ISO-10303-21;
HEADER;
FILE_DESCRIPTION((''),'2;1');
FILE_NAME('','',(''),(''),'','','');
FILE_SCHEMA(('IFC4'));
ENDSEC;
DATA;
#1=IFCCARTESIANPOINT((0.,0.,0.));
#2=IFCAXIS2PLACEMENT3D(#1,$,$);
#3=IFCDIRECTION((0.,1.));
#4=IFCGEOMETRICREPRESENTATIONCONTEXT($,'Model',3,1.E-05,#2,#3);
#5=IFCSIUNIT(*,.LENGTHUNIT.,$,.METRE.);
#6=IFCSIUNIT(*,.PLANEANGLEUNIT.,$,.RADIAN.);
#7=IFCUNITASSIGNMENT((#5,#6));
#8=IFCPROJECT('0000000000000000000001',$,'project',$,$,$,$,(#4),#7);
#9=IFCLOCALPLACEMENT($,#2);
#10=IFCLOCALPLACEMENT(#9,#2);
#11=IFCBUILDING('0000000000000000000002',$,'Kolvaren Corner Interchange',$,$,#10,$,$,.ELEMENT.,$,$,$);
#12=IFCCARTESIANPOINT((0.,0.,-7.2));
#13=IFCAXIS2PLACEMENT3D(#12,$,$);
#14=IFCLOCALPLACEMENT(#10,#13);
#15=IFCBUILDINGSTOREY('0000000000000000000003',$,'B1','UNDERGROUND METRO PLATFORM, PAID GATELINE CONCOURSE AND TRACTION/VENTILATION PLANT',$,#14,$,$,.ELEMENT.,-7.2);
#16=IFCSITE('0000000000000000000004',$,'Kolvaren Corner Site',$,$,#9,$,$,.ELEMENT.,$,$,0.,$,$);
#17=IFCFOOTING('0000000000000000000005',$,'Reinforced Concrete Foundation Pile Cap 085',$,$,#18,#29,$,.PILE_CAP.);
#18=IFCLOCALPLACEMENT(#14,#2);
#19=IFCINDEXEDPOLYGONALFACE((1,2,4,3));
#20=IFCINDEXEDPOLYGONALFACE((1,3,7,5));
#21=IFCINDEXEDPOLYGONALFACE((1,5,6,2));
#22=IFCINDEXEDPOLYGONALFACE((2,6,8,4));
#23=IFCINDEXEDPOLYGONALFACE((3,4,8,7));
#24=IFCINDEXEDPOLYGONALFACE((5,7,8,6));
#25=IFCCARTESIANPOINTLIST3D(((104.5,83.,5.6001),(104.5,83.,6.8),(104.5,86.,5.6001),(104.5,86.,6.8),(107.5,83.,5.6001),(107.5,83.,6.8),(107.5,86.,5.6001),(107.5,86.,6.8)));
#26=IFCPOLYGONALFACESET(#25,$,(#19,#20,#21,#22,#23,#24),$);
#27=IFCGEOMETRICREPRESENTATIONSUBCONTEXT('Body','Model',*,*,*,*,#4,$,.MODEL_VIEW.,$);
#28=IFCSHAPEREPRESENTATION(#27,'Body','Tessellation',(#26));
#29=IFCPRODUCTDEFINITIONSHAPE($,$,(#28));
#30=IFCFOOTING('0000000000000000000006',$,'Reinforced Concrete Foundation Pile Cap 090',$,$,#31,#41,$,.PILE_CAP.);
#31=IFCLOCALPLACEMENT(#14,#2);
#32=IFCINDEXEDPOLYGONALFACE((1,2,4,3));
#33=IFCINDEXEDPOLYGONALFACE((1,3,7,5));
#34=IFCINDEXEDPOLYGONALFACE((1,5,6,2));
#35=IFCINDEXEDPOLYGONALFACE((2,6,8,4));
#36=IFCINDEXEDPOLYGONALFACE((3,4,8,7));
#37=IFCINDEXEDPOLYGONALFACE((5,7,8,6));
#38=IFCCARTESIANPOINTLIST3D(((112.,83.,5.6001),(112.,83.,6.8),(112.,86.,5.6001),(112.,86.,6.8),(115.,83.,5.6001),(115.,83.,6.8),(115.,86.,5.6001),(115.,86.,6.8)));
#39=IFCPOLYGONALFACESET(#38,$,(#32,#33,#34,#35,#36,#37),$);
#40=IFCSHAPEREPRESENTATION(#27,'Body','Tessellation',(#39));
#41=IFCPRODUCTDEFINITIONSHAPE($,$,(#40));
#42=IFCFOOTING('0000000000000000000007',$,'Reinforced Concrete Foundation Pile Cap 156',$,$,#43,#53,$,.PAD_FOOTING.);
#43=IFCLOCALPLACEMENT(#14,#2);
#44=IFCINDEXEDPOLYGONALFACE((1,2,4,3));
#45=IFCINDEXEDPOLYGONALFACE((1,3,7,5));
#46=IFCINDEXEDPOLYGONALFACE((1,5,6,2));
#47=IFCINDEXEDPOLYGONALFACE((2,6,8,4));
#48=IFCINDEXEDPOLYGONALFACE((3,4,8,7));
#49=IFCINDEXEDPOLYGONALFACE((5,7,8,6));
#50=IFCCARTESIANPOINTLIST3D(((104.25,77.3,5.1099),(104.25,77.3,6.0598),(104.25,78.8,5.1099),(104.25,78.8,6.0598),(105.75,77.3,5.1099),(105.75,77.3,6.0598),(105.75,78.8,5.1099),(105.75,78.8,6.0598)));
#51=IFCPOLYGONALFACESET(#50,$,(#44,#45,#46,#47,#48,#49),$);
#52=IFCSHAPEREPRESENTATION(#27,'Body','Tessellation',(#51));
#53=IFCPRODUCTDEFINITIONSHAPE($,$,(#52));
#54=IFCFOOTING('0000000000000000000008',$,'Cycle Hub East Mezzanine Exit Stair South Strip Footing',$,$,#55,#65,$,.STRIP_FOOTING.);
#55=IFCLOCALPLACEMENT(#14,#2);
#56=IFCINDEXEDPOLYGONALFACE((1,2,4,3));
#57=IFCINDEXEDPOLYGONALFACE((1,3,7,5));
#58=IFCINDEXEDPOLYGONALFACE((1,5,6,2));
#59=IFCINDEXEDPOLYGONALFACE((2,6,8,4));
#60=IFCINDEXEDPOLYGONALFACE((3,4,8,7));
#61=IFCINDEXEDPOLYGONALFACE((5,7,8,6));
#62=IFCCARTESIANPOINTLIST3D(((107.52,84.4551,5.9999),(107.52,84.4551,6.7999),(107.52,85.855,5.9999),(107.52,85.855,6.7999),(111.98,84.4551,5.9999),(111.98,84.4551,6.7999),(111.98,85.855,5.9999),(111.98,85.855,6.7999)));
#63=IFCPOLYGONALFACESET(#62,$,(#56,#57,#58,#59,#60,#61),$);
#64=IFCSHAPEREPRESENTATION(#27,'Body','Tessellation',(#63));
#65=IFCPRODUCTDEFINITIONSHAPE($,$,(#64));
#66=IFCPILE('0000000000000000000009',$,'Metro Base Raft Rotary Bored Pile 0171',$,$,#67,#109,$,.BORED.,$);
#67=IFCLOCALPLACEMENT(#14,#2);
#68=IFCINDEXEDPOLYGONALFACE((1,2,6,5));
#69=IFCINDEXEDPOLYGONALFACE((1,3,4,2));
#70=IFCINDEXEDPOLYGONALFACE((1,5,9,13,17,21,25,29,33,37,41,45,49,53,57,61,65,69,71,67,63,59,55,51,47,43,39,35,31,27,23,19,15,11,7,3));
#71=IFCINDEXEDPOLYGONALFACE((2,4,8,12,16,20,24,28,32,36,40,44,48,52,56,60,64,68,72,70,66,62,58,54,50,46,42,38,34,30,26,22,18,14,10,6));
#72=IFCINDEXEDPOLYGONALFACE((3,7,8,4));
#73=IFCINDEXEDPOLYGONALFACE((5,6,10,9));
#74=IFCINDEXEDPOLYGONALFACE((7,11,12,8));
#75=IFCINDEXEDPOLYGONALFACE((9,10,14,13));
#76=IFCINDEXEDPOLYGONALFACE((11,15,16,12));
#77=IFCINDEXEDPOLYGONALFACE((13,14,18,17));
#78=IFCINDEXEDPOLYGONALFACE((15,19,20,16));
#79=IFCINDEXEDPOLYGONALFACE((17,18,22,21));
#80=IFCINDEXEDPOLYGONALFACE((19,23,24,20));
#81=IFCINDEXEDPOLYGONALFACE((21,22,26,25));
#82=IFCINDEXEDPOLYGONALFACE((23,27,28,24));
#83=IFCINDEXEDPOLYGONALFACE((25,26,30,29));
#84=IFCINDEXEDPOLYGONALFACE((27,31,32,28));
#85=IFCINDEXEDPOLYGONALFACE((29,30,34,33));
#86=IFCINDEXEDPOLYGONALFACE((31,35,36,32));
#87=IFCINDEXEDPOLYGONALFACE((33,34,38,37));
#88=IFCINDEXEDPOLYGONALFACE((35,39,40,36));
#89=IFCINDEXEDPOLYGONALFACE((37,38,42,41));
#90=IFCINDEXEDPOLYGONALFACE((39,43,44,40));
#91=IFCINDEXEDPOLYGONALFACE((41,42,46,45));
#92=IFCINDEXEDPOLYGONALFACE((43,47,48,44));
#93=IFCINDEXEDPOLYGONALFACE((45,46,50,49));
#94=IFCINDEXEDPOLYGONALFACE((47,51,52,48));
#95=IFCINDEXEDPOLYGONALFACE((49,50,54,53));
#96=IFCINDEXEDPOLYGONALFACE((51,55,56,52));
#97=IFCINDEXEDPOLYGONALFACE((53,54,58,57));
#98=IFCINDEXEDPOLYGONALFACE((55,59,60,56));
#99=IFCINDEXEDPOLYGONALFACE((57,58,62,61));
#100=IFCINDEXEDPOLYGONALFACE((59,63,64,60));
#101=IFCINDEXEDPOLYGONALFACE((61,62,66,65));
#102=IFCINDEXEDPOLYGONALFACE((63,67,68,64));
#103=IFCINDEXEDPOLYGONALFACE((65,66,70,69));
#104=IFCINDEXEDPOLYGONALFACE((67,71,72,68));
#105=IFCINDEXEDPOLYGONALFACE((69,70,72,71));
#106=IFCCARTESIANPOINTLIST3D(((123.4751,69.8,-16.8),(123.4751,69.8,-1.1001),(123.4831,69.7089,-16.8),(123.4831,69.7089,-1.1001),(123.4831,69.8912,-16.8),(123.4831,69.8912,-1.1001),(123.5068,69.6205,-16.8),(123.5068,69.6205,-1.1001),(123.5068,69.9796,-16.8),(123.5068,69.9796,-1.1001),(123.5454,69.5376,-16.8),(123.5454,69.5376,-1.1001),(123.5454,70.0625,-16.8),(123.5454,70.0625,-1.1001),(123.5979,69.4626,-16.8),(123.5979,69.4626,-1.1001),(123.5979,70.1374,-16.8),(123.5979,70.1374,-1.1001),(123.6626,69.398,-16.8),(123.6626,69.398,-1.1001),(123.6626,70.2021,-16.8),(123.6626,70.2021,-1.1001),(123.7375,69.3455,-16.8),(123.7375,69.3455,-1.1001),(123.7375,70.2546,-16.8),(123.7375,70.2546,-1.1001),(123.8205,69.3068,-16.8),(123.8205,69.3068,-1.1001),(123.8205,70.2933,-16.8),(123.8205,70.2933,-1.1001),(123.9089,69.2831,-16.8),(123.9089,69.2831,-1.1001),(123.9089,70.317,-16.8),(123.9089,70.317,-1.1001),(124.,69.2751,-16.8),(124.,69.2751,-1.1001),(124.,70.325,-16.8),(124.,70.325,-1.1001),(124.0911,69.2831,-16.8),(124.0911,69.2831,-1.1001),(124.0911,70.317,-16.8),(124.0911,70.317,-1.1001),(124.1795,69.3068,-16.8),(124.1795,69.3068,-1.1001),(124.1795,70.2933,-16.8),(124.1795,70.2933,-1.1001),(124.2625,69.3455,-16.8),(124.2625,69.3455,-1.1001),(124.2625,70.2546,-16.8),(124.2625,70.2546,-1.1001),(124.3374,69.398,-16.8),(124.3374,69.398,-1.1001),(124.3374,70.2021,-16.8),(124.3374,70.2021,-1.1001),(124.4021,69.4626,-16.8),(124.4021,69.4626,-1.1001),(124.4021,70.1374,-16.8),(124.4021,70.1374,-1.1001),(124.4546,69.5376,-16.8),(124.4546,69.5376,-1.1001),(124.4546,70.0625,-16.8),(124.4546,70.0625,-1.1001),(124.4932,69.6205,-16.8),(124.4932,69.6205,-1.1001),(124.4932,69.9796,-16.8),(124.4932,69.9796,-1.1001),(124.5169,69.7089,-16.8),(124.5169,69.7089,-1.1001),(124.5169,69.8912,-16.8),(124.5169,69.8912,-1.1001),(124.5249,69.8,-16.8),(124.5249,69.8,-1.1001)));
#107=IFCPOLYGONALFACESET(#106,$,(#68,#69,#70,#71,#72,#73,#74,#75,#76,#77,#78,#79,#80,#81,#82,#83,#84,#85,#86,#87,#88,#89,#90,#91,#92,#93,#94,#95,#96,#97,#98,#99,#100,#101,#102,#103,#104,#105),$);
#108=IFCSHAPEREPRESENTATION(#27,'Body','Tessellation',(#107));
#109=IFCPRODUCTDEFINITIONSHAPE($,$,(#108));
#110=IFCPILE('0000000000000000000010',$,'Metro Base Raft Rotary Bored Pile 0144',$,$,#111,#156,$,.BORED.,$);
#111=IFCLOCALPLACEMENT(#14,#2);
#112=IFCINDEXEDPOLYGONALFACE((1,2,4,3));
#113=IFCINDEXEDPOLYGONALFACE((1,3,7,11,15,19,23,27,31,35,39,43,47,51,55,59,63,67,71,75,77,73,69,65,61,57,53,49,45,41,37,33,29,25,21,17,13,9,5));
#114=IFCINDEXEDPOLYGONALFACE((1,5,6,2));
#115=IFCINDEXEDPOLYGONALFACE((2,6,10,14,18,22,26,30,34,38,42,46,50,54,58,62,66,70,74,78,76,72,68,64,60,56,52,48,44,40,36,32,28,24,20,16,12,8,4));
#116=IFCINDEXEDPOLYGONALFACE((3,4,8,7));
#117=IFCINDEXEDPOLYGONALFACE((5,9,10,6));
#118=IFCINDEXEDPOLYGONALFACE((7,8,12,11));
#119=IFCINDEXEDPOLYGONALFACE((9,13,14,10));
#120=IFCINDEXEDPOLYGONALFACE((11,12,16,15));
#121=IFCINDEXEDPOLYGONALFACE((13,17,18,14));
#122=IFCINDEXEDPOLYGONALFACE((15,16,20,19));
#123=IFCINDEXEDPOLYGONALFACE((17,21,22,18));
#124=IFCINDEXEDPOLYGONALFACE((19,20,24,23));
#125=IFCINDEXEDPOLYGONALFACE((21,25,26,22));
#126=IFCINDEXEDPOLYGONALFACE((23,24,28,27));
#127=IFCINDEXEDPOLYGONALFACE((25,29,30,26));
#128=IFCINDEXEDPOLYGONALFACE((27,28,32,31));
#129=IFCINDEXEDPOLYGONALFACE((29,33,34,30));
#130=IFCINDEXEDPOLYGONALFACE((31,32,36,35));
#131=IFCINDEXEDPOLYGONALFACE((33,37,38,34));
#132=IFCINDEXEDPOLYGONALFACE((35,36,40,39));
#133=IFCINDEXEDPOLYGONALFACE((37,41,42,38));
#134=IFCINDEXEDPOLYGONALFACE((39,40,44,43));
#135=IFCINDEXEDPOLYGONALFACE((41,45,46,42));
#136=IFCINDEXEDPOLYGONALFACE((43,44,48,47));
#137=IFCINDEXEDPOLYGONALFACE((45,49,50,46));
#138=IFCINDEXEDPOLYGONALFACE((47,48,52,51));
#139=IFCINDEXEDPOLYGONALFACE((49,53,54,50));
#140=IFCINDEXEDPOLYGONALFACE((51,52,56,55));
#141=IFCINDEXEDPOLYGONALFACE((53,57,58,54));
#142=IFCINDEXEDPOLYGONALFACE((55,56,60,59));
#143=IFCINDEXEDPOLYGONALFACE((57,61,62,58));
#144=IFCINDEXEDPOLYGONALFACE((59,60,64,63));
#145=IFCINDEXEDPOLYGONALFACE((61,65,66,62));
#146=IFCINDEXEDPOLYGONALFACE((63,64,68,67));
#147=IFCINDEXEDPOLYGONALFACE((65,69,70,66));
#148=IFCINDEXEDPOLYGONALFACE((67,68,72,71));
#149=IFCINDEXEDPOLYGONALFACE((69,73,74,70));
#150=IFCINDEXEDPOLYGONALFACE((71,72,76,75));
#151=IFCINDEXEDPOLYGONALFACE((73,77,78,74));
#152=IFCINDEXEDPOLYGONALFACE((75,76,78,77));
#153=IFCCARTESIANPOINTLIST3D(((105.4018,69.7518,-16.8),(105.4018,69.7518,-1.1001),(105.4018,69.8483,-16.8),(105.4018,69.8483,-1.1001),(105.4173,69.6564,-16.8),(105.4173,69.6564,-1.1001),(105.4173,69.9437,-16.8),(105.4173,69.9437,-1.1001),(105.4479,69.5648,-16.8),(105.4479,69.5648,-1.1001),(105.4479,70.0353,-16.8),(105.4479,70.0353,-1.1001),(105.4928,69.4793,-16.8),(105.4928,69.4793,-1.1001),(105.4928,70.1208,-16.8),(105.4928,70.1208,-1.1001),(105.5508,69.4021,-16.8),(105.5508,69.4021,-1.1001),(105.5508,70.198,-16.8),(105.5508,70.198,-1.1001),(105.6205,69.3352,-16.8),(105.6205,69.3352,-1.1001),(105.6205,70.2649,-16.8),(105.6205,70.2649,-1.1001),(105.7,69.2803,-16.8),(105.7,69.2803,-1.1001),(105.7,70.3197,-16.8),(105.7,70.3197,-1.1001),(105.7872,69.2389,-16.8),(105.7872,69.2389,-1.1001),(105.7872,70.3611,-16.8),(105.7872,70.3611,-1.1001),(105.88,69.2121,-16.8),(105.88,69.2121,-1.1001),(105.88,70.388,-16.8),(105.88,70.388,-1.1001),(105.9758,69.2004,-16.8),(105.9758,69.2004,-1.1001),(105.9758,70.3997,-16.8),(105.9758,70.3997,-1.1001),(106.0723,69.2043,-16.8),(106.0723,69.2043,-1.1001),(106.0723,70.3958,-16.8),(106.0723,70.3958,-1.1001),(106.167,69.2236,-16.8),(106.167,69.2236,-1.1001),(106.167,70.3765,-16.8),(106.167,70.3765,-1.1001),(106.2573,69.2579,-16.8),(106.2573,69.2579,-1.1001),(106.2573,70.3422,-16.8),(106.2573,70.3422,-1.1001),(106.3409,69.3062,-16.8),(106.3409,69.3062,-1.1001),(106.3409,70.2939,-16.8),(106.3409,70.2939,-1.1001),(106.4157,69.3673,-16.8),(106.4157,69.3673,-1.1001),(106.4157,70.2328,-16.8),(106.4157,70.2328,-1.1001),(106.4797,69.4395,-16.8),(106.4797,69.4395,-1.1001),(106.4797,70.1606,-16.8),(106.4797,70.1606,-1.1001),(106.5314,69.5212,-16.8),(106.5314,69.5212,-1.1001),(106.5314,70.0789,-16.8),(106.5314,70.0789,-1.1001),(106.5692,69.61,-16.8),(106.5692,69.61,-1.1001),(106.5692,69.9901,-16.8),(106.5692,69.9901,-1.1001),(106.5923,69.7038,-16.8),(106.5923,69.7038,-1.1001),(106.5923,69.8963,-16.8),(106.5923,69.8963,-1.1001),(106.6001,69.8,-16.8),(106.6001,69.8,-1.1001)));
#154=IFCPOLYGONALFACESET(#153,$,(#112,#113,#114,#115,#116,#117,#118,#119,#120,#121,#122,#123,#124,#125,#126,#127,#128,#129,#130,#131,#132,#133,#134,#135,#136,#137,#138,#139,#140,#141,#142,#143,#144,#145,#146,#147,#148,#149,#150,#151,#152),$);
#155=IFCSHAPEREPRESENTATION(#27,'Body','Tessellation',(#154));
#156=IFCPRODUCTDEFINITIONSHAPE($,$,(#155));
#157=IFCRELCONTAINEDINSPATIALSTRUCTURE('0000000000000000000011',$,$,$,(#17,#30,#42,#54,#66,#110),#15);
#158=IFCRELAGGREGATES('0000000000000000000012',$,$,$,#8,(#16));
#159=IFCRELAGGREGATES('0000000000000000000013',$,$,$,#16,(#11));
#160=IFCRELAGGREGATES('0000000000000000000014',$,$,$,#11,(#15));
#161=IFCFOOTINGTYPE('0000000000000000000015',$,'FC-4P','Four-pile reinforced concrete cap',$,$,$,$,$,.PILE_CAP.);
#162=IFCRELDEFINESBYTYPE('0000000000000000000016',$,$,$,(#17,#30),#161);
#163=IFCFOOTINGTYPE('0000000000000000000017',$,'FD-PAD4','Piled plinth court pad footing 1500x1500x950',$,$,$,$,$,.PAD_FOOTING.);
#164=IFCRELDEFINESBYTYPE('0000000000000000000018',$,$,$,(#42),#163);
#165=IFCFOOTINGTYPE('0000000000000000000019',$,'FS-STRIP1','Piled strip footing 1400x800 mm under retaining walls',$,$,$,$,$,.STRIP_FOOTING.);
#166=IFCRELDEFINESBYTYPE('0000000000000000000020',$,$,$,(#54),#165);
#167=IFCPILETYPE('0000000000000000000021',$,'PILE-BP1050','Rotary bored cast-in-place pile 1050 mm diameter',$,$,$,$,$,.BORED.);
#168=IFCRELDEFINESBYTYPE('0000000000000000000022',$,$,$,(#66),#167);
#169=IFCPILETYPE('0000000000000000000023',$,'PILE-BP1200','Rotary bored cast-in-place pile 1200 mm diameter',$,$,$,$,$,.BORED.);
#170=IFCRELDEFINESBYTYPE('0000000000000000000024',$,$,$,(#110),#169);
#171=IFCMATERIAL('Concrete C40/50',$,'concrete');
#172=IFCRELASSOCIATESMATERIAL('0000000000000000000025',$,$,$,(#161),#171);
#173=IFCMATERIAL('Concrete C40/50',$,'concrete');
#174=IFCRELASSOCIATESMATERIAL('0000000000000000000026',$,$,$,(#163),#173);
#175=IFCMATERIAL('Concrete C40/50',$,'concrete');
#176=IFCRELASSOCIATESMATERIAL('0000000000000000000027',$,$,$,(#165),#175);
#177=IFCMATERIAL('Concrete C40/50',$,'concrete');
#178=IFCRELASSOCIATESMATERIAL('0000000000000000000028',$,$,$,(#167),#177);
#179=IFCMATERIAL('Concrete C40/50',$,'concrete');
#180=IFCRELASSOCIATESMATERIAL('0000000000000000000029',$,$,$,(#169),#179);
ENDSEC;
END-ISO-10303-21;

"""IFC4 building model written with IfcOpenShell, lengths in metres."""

from ifc_helpers import new_model, si_unit, direction, frame, origin, origin_2d, place, context, subcontext, project, spatial, rectangle, circle, extrude, material, material_profile, profile_set, type_object, element, save


model = new_model("IFC4")

# Units and contexts
model_context = context("Model", 3, precision=1e-05, world=origin(), true_north=direction((0.0, 1.0)))
body_context = subcontext(model_context, "Body", "Model", "MODEL_VIEW")
ifc_project = project(units=[si_unit("LENGTHUNIT", "METRE"), si_unit("PLANEANGLEUNIT", "RADIAN")], contexts=[model_context])

# Site, building, storey
site_placement = place(None, origin())
site = spatial("IfcSite", under=ifc_project, at=site_placement, Name="Kolvaren Corner Site", CompositionType="ELEMENT", RefElevation=0.0)
building_placement = place(site_placement, origin())
building = spatial("IfcBuilding", under=site, at=building_placement, Name="Kolvaren Corner Interchange", CompositionType="ELEMENT")
storey_placement = place(building_placement, frame((0.0, 0.0, -7.2)))
storey = spatial("IfcBuildingStorey", under=building, at=storey_placement, Name="B1", Description="UNDERGROUND METRO PLATFORM, PAID GATELINE CONCOURSE AND TRACTION/VENTILATION PLANT", CompositionType="ELEMENT", Elevation=-7.2)

# Footings
ifc_material_1 = material(Name="Concrete C40/50", Category="concrete")
footing_type_1 = type_object("IfcFootingType", Name="FC-4P", Description="Four-pile reinforced concrete cap", PredefinedType="PILE_CAP", material=ifc_material_1)
for number, where, z_axis, x_axis, name in (
    (1, (106.0, 84.5, 5.6001), (0.0, 0.0, 1.0), (1.0, 0.0, 0.0), "Reinforced Concrete Foundation Pile Cap 085"),
    (2, (113.5, 84.5, 5.6001), (0.0, 0.0, 1.0), (1.0, 0.0, 0.0), "Reinforced Concrete Foundation Pile Cap 090"),
):
    element("IfcFooting", number, at=place(storey_placement, frame(where, z_axis=z_axis, x_axis=x_axis)), inside=storey, type_object=footing_type_1, Name=name, PredefinedType="PILE_CAP", context=body_context, shape_type="SweptSolid", body=[
        extrude(rectangle(XDim=3.0, YDim=3.0, at=origin_2d()), origin(), (0.0, 0.0, 1.0), 1.2),
    ])
ifc_material_2 = material(Name="Concrete C40/50", Category="concrete")
footing_type_2 = type_object("IfcFootingType", Name="FD-PAD4", Description="Piled plinth court pad footing 1500x1500x950", PredefinedType="PAD_FOOTING", material=ifc_material_2)
footing_1_placement = place(storey_placement, frame((105.0, 78.05, 5.1099), z_axis=(0.0, 0.0, 1.0), x_axis=(1.0, 0.0, 0.0)))
element("IfcFooting", 3, at=footing_1_placement, inside=storey, type_object=footing_type_2, Name="Reinforced Concrete Foundation Pile Cap 156", PredefinedType="PAD_FOOTING", context=body_context, shape_type="SweptSolid", body=[
    extrude(rectangle(XDim=1.5, YDim=1.5, at=origin_2d()), origin(), (0.0, 0.0, 1.0), 0.95),
])
ifc_material_3 = material(Name="Concrete C40/50", Category="concrete")
ifc_material_profile_1 = material_profile(ifc_material_3, rectangle(XDim=1.3999, YDim=0.8, at=origin_2d()), Name="STRIP 1400x800")
ifc_profile_set_1 = profile_set([ifc_material_profile_1], Name="Concrete C40/50")
footing_type_3 = type_object("IfcFootingType", Name="FS-STRIP1", Description="Piled strip footing 1400x800 mm under retaining walls", PredefinedType="STRIP_FOOTING", material=ifc_profile_set_1)
footing_2_placement = place(storey_placement, frame((107.52, 85.155, 6.3999), z_axis=(1.0, 0.0, 0.0), x_axis=(0.0, 1.0, 0.0)))
element("IfcFooting", 4, at=footing_2_placement, inside=storey, type_object=footing_type_3, Name="Cycle Hub East Mezzanine Exit Stair South Strip Footing", PredefinedType="STRIP_FOOTING", context=body_context, shape_type="SweptSolid", body=[
    extrude(rectangle(XDim=1.3999, YDim=0.8, at=origin_2d()), origin(), (0.0, 0.0, 1.0), 4.46),
])

# Piles
ifc_material_4 = material(Name="Concrete C40/50", Category="concrete")
ifc_material_profile_2 = material_profile(ifc_material_4, circle(Radius=0.5249, at=origin_2d()), Name="BORED PILE 1050")
ifc_profile_set_2 = profile_set([ifc_material_profile_2], Name="Concrete C40/50")
pile_type_1 = type_object("IfcPileType", Name="PILE-BP1050", Description="Rotary bored cast-in-place pile 1050 mm diameter", PredefinedType="BORED", material=ifc_profile_set_2)
pile_1_placement = place(storey_placement, frame((124.0, 69.8, -1.1001), z_axis=(0.0, 0.0, -1.0), x_axis=(1.0, 0.0, 0.0)))
element("IfcPile", 5, at=pile_1_placement, inside=storey, type_object=pile_type_1, Name="Metro Base Raft Rotary Bored Pile 0171", PredefinedType="BORED", context=body_context, shape_type="SweptSolid", body=[
    extrude(circle(Radius=0.5249, at=origin_2d()), origin(), (0.0, 0.0, 1.0), 15.7),
])
ifc_material_5 = material(Name="Concrete C40/50", Category="concrete")
ifc_material_profile_3 = material_profile(ifc_material_5, circle(Radius=0.6001, at=origin_2d()), Name="BORED PILE 1200")
ifc_profile_set_3 = profile_set([ifc_material_profile_3], Name="Concrete C40/50")
pile_type_2 = type_object("IfcPileType", Name="PILE-BP1200", Description="Rotary bored cast-in-place pile 1200 mm diameter", PredefinedType="BORED", material=ifc_profile_set_3)
for number, where, z_axis, x_axis, name in (
    (6, (106.0, 69.8, -1.1001), (0.0, 0.0, -1.0), (1.0, 0.0, 0.0), "Metro Base Raft Rotary Bored Pile 0144"),
):
    element("IfcPile", number, at=place(storey_placement, frame(where, z_axis=z_axis, x_axis=x_axis)), inside=storey, type_object=pile_type_2, Name=name, PredefinedType="BORED", context=body_context, shape_type="SweptSolid", body=[
        extrude(circle(Radius=0.6001, at=origin_2d()), origin(), (0.0, 0.0, 1.0), 15.7),
    ])

save(model, "model.ifc")
